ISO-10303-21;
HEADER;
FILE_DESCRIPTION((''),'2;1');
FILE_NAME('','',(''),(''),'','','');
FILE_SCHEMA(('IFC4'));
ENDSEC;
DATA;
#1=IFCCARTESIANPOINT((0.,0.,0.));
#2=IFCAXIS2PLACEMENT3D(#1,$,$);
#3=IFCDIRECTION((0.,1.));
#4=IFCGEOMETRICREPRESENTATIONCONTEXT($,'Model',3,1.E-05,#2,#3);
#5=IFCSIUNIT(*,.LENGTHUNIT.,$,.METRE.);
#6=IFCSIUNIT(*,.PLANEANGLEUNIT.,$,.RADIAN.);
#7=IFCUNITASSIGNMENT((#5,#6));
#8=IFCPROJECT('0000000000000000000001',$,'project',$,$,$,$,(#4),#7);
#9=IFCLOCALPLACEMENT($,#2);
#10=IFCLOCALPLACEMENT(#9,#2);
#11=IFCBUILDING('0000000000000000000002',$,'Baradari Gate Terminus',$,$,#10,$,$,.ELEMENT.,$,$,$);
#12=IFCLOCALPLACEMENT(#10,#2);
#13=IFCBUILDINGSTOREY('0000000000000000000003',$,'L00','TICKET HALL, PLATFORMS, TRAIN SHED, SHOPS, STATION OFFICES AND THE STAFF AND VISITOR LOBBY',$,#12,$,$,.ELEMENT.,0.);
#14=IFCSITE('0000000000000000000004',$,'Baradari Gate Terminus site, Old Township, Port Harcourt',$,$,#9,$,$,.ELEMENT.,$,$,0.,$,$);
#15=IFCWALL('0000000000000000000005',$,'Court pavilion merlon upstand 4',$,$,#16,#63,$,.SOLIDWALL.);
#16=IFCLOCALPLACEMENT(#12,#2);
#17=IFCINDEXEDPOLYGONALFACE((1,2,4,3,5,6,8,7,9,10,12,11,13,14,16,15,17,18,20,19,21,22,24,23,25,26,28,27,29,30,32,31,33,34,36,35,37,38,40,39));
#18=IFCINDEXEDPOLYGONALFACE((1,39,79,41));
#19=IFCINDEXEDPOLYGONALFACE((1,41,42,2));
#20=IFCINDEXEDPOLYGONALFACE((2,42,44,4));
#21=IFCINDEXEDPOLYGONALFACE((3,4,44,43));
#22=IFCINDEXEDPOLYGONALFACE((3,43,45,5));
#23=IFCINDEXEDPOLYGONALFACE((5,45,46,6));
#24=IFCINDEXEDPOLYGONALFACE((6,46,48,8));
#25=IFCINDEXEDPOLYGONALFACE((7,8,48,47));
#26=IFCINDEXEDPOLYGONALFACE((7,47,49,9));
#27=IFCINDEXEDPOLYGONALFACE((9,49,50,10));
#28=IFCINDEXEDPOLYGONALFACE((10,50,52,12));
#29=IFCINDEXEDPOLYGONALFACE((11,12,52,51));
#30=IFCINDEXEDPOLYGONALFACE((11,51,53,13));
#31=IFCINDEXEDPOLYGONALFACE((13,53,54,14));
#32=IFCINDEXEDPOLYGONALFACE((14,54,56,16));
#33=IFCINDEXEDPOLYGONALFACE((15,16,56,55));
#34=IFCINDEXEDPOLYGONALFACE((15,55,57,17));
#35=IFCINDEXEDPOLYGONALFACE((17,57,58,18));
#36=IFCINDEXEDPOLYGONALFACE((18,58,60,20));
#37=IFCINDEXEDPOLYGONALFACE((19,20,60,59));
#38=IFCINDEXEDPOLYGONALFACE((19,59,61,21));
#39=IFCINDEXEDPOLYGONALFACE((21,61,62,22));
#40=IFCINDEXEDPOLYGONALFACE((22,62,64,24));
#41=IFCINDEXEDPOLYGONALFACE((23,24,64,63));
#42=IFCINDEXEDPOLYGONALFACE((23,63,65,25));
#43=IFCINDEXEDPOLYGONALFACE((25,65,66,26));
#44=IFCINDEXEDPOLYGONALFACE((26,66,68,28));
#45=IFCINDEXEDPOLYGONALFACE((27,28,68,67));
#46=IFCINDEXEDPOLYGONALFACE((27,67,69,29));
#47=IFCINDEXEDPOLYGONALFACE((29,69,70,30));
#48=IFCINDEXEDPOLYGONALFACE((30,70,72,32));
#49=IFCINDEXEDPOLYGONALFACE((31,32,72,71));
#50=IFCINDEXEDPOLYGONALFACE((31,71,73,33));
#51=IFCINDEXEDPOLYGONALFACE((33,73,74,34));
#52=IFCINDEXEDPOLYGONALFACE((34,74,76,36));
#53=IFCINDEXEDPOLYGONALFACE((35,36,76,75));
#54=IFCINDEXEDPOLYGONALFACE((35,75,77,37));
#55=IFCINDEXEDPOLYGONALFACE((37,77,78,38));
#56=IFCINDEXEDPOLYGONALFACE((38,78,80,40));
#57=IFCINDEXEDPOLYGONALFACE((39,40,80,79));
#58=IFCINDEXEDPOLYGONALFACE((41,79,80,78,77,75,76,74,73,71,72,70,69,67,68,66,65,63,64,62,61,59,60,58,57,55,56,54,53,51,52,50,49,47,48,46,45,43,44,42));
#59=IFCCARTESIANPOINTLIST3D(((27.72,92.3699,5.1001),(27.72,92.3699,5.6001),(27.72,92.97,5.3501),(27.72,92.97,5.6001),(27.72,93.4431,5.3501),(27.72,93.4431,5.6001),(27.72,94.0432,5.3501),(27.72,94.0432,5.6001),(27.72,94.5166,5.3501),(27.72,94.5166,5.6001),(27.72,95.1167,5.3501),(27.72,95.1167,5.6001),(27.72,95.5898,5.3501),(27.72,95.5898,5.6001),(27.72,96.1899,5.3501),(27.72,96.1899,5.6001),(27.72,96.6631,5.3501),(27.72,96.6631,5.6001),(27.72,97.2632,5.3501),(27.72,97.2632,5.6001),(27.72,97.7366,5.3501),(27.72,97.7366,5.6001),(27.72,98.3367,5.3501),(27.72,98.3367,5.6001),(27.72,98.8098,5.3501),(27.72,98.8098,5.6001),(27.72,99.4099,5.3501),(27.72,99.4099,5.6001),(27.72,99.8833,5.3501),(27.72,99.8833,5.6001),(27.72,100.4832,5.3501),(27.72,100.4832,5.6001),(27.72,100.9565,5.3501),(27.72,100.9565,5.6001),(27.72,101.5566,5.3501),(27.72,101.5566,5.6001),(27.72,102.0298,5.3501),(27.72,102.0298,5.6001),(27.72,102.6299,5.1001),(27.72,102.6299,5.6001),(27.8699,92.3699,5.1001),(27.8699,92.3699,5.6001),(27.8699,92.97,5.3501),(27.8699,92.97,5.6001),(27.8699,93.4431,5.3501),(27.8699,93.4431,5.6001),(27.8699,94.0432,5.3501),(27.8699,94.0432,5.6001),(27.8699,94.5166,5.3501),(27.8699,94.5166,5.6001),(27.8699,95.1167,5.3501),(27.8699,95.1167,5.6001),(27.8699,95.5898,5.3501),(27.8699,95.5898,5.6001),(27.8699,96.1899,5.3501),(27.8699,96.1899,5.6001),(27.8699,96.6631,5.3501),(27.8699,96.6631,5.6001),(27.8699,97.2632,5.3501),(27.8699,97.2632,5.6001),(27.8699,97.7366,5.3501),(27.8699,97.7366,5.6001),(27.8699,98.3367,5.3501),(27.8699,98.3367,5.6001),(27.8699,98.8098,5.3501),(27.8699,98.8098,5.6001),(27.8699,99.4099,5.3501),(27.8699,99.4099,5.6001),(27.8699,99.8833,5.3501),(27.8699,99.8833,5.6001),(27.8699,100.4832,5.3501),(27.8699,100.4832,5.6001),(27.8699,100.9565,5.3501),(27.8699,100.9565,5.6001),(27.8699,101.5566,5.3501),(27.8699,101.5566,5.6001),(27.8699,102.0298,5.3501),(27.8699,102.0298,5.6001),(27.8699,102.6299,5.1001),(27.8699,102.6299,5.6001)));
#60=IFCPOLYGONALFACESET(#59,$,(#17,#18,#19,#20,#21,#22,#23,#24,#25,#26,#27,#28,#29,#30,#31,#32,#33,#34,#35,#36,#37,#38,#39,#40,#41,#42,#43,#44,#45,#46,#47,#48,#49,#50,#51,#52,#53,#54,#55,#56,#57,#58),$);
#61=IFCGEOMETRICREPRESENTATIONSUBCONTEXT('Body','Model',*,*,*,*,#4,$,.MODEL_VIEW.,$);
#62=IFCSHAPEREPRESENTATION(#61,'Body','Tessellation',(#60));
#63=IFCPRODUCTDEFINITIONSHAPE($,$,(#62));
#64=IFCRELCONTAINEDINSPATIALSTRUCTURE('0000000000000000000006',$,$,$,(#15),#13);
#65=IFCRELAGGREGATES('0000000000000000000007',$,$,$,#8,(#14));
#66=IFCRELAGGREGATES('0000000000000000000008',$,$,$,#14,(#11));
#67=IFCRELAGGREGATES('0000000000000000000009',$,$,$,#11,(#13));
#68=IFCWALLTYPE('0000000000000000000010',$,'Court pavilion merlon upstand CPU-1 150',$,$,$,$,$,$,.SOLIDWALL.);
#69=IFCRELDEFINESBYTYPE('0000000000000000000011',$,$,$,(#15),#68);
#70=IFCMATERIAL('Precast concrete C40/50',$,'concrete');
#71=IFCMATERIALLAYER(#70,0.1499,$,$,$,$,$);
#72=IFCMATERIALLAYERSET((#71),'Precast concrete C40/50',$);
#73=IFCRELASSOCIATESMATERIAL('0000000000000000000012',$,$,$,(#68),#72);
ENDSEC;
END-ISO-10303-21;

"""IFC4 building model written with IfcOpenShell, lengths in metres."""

from ifc_helpers import new_model, si_unit, direction, frame, origin, place, context, subcontext, project, spatial, polyline, outline, extrude, material, layer, layer_set, type_object, element, save


model = new_model("IFC4")

# Units and contexts
model_context = context("Model", 3, precision=1e-05, world=origin(), true_north=direction((0.0, 1.0)))
body_context = subcontext(model_context, "Body", "Model", "MODEL_VIEW")
ifc_project = project(units=[si_unit("LENGTHUNIT", "METRE"), si_unit("PLANEANGLEUNIT", "RADIAN")], contexts=[model_context])

# Site, building, storey
site_placement = place(None, origin())
site = spatial("IfcSite", under=ifc_project, at=site_placement, Name="Baradari Gate Terminus site, Old Township, Port Harcourt", CompositionType="ELEMENT", RefElevation=0.0)
building_placement = place(site_placement, origin())
building = spatial("IfcBuilding", under=site, at=building_placement, Name="Baradari Gate Terminus", CompositionType="ELEMENT")
storey_placement = place(building_placement, origin())
storey = spatial("IfcBuildingStorey", under=building, at=storey_placement, Name="L00", Description="TICKET HALL, PLATFORMS, TRAIN SHED, SHOPS, STATION OFFICES AND THE STAFF AND VISITOR LOBBY", CompositionType="ELEMENT", Elevation=0.0)

# Wall
ifc_material_1 = material(Name="Precast concrete C40/50", Category="concrete")
ifc_layer_1 = layer(ifc_material_1, 0.1499)
ifc_layer_set_1 = layer_set([ifc_layer_1], Name="Precast concrete C40/50")
wall_type_1 = type_object("IfcWallType", Name="Court pavilion merlon upstand CPU-1 150", PredefinedType="SOLIDWALL", material=ifc_layer_set_1)
wall_1_placement = place(storey_placement, frame((27.7949, 102.6299, 5.1001), z_axis=(0.0, 0.0, 1.0), x_axis=(0.0, -1.0, 0.0)))
element("IfcWall", 1, at=wall_1_placement, inside=storey, type_object=wall_type_1, Name="Court pavilion merlon upstand 4", PredefinedType="SOLIDWALL", context=body_context, shape_type="SweptSolid", body=[
    extrude(outline(polyline([(0.0, 0.0), (10.26, 0.0), (10.26, 0.5), (9.6599, 0.5), (9.6599, 0.25), (9.1868, 0.25), (9.1868, 0.5), (8.5867, 0.5), (8.5867, 0.25), (8.1133, 0.25), (8.1133, 0.5), (7.5132, 0.5), (7.5132, 0.25), (7.04, 0.25), (7.04, 0.5), (6.4399, 0.5), (6.4399, 0.25), (5.9668, 0.25), (5.9668, 0.5), (5.3667, 0.5), (5.3667, 0.25), (4.8933, 0.25), (4.8933, 0.5), (4.2932, 0.5), (4.2932, 0.25), (3.8201, 0.25), (3.8201, 0.5), (3.22, 0.5), (3.22, 0.25), (2.7466, 0.25), (2.7466, 0.5), (2.1467, 0.5), (2.1467, 0.25), (1.6733, 0.25), (1.6733, 0.5), (1.0732, 0.5), (1.0732, 0.25), (0.6001, 0.25), (0.6001, 0.5), (0.0, 0.5), (0.0, 0.0)])), frame((0.0, 0.075, 0.0), z_axis=(0.0, -1.0, 0.0), x_axis=(1.0, 0.0, 0.0)), (0.0, 0.0, 1.0), 0.1499),
])

save(model, "model.ifc")
